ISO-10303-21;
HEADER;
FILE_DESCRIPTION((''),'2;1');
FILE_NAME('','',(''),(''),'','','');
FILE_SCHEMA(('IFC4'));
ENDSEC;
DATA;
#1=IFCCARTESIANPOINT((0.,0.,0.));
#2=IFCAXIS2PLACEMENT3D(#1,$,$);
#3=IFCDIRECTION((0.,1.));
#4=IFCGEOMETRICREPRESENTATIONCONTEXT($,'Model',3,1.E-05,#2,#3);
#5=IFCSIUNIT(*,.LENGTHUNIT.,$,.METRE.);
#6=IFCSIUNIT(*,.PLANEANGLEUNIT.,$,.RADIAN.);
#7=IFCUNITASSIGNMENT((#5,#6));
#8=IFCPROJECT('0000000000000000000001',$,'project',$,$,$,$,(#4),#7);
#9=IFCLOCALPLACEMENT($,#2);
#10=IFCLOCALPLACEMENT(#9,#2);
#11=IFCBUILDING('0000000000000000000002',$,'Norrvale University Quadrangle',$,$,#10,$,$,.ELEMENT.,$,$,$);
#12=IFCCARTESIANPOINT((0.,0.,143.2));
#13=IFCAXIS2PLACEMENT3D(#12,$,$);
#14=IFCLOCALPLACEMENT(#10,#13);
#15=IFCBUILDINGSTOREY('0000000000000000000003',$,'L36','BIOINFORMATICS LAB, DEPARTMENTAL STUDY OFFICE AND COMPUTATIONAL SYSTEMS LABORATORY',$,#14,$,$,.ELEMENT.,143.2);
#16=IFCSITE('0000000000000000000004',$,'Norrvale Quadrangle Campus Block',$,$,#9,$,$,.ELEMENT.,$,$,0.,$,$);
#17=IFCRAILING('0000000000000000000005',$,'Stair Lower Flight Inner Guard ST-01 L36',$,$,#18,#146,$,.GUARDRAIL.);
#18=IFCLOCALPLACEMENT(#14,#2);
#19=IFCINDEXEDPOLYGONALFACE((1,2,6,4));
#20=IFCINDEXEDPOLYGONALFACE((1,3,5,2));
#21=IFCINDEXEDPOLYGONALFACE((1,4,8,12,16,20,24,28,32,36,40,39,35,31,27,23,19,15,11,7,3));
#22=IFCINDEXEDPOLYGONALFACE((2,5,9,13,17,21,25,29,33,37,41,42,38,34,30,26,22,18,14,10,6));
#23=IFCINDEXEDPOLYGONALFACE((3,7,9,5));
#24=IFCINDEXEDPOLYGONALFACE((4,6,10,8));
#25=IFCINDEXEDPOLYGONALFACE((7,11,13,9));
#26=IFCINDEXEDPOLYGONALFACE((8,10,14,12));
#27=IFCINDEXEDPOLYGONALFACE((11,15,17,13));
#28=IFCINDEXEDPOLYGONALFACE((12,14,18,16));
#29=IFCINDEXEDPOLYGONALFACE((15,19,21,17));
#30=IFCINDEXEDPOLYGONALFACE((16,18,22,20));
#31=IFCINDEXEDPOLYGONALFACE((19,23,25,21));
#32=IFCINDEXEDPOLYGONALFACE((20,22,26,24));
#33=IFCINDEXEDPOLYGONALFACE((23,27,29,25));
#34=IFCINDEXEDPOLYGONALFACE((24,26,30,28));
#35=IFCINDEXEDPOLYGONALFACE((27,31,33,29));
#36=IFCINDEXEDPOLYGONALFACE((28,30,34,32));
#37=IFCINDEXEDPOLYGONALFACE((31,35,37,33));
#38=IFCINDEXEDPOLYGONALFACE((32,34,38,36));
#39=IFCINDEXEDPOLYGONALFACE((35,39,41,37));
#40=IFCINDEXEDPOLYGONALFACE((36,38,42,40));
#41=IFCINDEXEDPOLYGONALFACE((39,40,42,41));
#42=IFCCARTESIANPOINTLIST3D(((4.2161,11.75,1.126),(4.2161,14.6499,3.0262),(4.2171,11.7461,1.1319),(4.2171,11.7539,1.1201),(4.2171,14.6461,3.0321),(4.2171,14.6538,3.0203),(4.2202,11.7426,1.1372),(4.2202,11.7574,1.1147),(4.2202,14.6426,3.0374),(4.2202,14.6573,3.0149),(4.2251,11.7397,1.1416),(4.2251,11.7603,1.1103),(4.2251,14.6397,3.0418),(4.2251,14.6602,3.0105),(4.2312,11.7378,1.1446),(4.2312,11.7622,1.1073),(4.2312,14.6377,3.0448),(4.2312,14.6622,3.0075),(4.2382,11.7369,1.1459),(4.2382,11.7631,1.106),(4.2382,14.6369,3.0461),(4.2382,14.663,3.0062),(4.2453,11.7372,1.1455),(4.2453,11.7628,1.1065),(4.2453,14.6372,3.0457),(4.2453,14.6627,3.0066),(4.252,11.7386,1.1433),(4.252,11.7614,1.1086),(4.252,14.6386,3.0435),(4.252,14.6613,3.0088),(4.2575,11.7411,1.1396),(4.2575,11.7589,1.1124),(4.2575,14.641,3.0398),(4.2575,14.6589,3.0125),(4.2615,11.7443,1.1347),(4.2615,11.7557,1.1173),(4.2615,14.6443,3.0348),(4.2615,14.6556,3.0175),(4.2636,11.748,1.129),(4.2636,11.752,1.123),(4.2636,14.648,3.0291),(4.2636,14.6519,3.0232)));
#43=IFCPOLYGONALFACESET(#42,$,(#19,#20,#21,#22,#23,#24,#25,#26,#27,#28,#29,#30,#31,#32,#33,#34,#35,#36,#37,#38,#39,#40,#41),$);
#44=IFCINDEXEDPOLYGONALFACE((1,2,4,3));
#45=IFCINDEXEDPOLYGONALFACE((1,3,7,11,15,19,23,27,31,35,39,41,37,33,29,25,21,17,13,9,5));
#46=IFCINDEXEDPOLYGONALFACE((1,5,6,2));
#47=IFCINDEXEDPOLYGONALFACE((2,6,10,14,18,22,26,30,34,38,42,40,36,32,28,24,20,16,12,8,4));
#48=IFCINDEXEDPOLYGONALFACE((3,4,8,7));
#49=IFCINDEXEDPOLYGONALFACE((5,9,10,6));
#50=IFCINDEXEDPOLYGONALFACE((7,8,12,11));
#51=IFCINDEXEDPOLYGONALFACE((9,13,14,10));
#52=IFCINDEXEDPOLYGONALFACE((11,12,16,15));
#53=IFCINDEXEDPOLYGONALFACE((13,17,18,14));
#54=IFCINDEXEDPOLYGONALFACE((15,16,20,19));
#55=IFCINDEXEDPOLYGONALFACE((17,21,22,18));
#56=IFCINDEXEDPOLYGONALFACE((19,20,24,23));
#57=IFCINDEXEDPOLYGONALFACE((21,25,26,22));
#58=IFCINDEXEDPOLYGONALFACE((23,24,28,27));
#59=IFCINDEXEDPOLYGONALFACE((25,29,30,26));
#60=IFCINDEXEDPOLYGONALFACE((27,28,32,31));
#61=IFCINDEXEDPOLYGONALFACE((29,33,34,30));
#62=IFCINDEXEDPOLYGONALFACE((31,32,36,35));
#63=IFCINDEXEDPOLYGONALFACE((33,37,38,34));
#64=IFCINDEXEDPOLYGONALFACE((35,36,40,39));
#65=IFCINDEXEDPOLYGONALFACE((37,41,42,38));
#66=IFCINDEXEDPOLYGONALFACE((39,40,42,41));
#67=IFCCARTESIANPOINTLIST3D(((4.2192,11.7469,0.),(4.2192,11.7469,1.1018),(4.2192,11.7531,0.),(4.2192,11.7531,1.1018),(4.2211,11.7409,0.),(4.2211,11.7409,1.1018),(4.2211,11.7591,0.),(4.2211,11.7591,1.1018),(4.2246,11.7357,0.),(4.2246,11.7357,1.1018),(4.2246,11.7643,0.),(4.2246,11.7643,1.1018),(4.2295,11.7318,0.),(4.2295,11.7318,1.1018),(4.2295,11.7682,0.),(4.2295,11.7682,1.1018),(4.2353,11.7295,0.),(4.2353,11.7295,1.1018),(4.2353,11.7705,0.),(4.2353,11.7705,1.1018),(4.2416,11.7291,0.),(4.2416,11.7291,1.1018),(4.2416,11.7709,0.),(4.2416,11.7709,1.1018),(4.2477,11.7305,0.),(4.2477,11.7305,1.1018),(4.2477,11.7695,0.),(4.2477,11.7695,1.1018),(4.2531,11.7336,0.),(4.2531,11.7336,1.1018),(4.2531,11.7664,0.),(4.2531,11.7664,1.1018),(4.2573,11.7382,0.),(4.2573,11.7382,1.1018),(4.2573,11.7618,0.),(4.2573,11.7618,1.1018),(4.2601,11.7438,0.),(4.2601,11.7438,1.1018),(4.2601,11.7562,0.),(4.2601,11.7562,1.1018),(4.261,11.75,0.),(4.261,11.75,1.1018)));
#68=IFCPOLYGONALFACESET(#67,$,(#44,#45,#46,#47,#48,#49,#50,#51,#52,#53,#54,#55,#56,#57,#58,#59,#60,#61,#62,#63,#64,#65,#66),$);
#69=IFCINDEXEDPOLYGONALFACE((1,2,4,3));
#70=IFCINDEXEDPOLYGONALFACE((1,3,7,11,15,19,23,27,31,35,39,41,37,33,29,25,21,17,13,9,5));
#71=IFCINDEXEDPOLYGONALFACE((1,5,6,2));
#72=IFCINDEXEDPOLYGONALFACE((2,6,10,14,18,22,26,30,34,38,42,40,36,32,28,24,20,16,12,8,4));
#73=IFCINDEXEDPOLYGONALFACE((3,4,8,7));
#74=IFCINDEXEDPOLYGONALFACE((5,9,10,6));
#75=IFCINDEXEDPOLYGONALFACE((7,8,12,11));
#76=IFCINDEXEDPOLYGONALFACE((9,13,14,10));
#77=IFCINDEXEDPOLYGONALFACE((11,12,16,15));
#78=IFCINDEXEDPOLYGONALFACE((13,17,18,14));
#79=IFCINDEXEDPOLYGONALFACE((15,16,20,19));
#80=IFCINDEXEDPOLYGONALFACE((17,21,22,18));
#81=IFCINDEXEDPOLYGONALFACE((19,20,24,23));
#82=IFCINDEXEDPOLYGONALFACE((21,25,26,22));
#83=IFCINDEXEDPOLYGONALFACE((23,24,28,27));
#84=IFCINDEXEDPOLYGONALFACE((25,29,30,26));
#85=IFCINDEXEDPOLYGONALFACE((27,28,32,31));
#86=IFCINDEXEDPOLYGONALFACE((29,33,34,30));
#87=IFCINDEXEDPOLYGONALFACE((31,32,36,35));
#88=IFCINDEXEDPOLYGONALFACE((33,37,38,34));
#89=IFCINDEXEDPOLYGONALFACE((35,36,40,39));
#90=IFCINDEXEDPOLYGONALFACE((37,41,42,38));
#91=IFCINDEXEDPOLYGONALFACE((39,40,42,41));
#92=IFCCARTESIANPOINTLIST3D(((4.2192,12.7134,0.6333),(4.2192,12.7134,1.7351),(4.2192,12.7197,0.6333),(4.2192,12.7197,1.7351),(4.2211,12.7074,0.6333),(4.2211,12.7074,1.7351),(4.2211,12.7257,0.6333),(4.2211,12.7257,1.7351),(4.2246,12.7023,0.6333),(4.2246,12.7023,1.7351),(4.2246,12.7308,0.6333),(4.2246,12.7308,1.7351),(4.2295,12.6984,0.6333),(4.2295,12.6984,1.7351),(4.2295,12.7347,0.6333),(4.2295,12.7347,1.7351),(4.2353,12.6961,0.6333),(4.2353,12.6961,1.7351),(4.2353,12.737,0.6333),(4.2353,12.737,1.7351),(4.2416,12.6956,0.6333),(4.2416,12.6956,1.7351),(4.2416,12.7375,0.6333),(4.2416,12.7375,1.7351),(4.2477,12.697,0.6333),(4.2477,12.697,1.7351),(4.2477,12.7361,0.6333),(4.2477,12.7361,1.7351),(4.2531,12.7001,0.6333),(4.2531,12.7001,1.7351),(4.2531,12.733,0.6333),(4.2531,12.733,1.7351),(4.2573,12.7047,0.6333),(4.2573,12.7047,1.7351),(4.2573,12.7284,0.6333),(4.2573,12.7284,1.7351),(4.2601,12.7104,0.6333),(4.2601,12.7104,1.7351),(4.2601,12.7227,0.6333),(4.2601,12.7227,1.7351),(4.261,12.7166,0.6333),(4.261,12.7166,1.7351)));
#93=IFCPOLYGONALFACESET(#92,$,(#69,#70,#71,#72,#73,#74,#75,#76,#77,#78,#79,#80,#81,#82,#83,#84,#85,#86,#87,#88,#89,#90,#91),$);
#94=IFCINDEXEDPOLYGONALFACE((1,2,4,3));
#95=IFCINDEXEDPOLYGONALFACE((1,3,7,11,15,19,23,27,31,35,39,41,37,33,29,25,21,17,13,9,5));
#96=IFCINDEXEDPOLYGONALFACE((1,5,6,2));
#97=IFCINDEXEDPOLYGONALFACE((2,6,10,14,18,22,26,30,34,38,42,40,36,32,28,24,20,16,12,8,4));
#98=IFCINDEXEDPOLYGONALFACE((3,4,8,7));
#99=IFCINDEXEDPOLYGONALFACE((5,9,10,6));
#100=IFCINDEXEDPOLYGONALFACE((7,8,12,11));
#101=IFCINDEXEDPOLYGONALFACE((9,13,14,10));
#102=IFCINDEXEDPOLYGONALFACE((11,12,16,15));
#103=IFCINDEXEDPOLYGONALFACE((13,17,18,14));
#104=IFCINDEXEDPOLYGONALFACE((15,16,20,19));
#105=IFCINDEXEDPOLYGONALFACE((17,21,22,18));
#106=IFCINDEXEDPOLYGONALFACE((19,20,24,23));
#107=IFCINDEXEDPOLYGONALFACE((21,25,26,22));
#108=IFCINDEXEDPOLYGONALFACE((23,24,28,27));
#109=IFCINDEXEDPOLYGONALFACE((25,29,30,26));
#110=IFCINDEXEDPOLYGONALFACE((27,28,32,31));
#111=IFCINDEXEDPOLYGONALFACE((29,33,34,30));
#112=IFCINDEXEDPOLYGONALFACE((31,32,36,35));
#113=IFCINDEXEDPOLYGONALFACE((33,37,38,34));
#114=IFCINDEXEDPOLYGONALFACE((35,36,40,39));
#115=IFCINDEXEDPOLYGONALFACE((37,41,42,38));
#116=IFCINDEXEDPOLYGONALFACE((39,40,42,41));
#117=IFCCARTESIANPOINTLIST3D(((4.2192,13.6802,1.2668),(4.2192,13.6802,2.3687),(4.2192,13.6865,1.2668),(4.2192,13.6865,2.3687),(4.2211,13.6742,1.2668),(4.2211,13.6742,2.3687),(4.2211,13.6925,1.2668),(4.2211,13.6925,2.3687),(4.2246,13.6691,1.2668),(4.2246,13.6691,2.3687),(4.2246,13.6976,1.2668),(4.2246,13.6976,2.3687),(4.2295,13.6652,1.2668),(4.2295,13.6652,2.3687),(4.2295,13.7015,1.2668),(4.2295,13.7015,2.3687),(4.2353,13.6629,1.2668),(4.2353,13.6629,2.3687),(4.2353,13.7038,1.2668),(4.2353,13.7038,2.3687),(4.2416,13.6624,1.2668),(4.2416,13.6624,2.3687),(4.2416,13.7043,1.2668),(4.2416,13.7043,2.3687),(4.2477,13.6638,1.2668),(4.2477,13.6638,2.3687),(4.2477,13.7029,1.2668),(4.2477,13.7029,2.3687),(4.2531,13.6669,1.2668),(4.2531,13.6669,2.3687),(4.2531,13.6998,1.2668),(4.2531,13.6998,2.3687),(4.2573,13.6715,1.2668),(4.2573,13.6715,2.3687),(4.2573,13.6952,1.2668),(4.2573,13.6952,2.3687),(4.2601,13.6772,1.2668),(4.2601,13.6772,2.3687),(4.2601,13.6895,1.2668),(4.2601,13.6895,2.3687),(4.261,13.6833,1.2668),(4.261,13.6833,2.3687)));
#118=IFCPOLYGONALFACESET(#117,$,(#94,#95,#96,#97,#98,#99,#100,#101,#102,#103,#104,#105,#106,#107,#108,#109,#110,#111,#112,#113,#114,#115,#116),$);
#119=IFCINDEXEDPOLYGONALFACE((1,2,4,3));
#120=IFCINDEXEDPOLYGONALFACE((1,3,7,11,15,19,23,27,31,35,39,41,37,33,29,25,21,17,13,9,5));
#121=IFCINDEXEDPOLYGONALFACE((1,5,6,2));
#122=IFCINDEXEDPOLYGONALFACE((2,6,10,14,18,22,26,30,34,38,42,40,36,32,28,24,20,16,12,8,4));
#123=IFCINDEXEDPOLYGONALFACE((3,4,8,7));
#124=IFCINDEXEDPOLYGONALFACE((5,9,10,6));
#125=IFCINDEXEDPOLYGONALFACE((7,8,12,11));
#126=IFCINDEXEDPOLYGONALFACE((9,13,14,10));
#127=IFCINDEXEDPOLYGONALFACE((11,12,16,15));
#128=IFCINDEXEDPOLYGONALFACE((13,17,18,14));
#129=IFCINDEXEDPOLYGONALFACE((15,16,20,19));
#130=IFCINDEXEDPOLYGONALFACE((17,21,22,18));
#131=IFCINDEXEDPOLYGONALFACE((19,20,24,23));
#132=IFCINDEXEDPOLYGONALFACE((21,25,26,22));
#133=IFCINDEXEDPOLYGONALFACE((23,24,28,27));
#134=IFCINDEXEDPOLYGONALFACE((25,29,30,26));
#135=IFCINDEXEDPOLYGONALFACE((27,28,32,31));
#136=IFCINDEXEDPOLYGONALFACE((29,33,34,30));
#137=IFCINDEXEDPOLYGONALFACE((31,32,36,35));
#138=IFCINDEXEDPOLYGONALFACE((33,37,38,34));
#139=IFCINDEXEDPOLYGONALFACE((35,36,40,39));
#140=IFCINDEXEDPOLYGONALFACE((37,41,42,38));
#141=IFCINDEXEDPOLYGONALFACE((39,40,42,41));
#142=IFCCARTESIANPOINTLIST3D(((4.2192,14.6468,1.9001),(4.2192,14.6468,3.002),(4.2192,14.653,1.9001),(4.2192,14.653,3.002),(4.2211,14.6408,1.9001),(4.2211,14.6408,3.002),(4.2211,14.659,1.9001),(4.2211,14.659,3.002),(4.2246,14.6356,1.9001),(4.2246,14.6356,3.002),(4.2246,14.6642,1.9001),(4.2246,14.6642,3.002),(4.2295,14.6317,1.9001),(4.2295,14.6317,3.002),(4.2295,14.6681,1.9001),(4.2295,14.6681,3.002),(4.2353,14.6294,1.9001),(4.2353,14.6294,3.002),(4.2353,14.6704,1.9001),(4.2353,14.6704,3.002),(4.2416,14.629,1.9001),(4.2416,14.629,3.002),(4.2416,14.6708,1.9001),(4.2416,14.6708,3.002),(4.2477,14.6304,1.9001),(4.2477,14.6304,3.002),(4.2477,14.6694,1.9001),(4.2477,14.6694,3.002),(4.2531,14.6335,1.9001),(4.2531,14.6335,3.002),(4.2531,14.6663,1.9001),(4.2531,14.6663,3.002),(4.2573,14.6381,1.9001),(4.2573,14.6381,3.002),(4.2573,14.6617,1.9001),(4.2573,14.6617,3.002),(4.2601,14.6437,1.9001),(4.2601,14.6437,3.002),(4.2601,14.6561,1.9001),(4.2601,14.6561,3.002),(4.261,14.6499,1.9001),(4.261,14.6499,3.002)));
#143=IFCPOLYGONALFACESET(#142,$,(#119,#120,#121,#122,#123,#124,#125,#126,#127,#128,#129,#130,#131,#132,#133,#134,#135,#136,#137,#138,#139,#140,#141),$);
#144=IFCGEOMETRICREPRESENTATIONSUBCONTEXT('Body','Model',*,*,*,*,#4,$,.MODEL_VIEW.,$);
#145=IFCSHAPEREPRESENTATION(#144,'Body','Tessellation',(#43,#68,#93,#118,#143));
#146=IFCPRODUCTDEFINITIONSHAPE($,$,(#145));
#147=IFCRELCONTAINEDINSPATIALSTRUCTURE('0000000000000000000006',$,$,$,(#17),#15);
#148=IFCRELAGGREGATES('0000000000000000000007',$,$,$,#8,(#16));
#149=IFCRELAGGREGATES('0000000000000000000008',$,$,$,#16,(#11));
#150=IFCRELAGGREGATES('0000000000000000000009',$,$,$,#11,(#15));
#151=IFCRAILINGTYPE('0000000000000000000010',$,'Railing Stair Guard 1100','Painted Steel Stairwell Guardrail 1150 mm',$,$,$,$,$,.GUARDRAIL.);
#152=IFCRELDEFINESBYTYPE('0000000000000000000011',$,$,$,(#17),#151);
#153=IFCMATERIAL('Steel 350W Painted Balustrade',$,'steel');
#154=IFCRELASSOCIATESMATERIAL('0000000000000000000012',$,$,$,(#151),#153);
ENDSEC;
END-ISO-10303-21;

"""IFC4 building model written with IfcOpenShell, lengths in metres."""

from ifc_helpers import new_model, si_unit, direction, frame, origin, origin_2d, place, context, subcontext, project, spatial, circle, extrude, material, type_object, element, save


model = new_model("IFC4")

# Units and contexts
model_context = context("Model", 3, precision=1e-05, world=origin(), true_north=direction((0.0, 1.0)))
body_context = subcontext(model_context, "Body", "Model", "MODEL_VIEW")
ifc_project = project(units=[si_unit("LENGTHUNIT", "METRE"), si_unit("PLANEANGLEUNIT", "RADIAN")], contexts=[model_context])

# Site, building, storey
site_placement = place(None, origin())
site = spatial("IfcSite", under=ifc_project, at=site_placement, Name="Norrvale Quadrangle Campus Block", CompositionType="ELEMENT", RefElevation=0.0)
building_placement = place(site_placement, origin())
building = spatial("IfcBuilding", under=site, at=building_placement, Name="Norrvale University Quadrangle", CompositionType="ELEMENT")
storey_placement = place(building_placement, frame((0.0, 0.0, 143.2)))
storey = spatial("IfcBuildingStorey", under=building, at=storey_placement, Name="L36", Description="BIOINFORMATICS LAB, DEPARTMENTAL STUDY OFFICE AND COMPUTATIONAL SYSTEMS LABORATORY", CompositionType="ELEMENT", Elevation=143.2)

# Railing
ifc_material_1 = material(Name="Steel 350W Painted Balustrade", Category="steel")
railing_type_1 = type_object("IfcRailingType", Name="Railing Stair Guard 1100", Description="Painted Steel Stairwell Guardrail 1150 mm", PredefinedType="GUARDRAIL", material=ifc_material_1)
railing_1_placement = place(storey_placement, frame((4.24, 11.75, 0.0)))
element("IfcRailing", 1, at=railing_1_placement, inside=storey, type_object=railing_type_1, Name="Stair Lower Flight Inner Guard ST-01 L36", PredefinedType="GUARDRAIL", context=body_context, shape_type="SweptSolid", body=[
    extrude(circle(Radius=0.0239, at=origin_2d()), frame((0.0, 0.0, 1.126), z_axis=(0.0, 0.836433, 0.548069), x_axis=(-1.0, 0.0, 0.0)), (0.0, 0.0, 1.0), 3.467),
    extrude(circle(Radius=0.021, at=origin_2d()), origin(), (0.0, 0.0, 1.0), 1.1018),
    extrude(circle(Radius=0.021, at=origin_2d()), frame((0.0, 0.9666, 0.6333)), (0.0, 0.0, 1.0), 1.1018),
    extrude(circle(Radius=0.021, at=origin_2d()), frame((0.0, 1.9333, 1.2668)), (0.0, 0.0, 1.0), 1.1018),
    extrude(circle(Radius=0.021, at=origin_2d()), frame((0.0, 2.8999, 1.9001)), (0.0, 0.0, 1.0), 1.1018),
])

save(model, "model.ifc")
